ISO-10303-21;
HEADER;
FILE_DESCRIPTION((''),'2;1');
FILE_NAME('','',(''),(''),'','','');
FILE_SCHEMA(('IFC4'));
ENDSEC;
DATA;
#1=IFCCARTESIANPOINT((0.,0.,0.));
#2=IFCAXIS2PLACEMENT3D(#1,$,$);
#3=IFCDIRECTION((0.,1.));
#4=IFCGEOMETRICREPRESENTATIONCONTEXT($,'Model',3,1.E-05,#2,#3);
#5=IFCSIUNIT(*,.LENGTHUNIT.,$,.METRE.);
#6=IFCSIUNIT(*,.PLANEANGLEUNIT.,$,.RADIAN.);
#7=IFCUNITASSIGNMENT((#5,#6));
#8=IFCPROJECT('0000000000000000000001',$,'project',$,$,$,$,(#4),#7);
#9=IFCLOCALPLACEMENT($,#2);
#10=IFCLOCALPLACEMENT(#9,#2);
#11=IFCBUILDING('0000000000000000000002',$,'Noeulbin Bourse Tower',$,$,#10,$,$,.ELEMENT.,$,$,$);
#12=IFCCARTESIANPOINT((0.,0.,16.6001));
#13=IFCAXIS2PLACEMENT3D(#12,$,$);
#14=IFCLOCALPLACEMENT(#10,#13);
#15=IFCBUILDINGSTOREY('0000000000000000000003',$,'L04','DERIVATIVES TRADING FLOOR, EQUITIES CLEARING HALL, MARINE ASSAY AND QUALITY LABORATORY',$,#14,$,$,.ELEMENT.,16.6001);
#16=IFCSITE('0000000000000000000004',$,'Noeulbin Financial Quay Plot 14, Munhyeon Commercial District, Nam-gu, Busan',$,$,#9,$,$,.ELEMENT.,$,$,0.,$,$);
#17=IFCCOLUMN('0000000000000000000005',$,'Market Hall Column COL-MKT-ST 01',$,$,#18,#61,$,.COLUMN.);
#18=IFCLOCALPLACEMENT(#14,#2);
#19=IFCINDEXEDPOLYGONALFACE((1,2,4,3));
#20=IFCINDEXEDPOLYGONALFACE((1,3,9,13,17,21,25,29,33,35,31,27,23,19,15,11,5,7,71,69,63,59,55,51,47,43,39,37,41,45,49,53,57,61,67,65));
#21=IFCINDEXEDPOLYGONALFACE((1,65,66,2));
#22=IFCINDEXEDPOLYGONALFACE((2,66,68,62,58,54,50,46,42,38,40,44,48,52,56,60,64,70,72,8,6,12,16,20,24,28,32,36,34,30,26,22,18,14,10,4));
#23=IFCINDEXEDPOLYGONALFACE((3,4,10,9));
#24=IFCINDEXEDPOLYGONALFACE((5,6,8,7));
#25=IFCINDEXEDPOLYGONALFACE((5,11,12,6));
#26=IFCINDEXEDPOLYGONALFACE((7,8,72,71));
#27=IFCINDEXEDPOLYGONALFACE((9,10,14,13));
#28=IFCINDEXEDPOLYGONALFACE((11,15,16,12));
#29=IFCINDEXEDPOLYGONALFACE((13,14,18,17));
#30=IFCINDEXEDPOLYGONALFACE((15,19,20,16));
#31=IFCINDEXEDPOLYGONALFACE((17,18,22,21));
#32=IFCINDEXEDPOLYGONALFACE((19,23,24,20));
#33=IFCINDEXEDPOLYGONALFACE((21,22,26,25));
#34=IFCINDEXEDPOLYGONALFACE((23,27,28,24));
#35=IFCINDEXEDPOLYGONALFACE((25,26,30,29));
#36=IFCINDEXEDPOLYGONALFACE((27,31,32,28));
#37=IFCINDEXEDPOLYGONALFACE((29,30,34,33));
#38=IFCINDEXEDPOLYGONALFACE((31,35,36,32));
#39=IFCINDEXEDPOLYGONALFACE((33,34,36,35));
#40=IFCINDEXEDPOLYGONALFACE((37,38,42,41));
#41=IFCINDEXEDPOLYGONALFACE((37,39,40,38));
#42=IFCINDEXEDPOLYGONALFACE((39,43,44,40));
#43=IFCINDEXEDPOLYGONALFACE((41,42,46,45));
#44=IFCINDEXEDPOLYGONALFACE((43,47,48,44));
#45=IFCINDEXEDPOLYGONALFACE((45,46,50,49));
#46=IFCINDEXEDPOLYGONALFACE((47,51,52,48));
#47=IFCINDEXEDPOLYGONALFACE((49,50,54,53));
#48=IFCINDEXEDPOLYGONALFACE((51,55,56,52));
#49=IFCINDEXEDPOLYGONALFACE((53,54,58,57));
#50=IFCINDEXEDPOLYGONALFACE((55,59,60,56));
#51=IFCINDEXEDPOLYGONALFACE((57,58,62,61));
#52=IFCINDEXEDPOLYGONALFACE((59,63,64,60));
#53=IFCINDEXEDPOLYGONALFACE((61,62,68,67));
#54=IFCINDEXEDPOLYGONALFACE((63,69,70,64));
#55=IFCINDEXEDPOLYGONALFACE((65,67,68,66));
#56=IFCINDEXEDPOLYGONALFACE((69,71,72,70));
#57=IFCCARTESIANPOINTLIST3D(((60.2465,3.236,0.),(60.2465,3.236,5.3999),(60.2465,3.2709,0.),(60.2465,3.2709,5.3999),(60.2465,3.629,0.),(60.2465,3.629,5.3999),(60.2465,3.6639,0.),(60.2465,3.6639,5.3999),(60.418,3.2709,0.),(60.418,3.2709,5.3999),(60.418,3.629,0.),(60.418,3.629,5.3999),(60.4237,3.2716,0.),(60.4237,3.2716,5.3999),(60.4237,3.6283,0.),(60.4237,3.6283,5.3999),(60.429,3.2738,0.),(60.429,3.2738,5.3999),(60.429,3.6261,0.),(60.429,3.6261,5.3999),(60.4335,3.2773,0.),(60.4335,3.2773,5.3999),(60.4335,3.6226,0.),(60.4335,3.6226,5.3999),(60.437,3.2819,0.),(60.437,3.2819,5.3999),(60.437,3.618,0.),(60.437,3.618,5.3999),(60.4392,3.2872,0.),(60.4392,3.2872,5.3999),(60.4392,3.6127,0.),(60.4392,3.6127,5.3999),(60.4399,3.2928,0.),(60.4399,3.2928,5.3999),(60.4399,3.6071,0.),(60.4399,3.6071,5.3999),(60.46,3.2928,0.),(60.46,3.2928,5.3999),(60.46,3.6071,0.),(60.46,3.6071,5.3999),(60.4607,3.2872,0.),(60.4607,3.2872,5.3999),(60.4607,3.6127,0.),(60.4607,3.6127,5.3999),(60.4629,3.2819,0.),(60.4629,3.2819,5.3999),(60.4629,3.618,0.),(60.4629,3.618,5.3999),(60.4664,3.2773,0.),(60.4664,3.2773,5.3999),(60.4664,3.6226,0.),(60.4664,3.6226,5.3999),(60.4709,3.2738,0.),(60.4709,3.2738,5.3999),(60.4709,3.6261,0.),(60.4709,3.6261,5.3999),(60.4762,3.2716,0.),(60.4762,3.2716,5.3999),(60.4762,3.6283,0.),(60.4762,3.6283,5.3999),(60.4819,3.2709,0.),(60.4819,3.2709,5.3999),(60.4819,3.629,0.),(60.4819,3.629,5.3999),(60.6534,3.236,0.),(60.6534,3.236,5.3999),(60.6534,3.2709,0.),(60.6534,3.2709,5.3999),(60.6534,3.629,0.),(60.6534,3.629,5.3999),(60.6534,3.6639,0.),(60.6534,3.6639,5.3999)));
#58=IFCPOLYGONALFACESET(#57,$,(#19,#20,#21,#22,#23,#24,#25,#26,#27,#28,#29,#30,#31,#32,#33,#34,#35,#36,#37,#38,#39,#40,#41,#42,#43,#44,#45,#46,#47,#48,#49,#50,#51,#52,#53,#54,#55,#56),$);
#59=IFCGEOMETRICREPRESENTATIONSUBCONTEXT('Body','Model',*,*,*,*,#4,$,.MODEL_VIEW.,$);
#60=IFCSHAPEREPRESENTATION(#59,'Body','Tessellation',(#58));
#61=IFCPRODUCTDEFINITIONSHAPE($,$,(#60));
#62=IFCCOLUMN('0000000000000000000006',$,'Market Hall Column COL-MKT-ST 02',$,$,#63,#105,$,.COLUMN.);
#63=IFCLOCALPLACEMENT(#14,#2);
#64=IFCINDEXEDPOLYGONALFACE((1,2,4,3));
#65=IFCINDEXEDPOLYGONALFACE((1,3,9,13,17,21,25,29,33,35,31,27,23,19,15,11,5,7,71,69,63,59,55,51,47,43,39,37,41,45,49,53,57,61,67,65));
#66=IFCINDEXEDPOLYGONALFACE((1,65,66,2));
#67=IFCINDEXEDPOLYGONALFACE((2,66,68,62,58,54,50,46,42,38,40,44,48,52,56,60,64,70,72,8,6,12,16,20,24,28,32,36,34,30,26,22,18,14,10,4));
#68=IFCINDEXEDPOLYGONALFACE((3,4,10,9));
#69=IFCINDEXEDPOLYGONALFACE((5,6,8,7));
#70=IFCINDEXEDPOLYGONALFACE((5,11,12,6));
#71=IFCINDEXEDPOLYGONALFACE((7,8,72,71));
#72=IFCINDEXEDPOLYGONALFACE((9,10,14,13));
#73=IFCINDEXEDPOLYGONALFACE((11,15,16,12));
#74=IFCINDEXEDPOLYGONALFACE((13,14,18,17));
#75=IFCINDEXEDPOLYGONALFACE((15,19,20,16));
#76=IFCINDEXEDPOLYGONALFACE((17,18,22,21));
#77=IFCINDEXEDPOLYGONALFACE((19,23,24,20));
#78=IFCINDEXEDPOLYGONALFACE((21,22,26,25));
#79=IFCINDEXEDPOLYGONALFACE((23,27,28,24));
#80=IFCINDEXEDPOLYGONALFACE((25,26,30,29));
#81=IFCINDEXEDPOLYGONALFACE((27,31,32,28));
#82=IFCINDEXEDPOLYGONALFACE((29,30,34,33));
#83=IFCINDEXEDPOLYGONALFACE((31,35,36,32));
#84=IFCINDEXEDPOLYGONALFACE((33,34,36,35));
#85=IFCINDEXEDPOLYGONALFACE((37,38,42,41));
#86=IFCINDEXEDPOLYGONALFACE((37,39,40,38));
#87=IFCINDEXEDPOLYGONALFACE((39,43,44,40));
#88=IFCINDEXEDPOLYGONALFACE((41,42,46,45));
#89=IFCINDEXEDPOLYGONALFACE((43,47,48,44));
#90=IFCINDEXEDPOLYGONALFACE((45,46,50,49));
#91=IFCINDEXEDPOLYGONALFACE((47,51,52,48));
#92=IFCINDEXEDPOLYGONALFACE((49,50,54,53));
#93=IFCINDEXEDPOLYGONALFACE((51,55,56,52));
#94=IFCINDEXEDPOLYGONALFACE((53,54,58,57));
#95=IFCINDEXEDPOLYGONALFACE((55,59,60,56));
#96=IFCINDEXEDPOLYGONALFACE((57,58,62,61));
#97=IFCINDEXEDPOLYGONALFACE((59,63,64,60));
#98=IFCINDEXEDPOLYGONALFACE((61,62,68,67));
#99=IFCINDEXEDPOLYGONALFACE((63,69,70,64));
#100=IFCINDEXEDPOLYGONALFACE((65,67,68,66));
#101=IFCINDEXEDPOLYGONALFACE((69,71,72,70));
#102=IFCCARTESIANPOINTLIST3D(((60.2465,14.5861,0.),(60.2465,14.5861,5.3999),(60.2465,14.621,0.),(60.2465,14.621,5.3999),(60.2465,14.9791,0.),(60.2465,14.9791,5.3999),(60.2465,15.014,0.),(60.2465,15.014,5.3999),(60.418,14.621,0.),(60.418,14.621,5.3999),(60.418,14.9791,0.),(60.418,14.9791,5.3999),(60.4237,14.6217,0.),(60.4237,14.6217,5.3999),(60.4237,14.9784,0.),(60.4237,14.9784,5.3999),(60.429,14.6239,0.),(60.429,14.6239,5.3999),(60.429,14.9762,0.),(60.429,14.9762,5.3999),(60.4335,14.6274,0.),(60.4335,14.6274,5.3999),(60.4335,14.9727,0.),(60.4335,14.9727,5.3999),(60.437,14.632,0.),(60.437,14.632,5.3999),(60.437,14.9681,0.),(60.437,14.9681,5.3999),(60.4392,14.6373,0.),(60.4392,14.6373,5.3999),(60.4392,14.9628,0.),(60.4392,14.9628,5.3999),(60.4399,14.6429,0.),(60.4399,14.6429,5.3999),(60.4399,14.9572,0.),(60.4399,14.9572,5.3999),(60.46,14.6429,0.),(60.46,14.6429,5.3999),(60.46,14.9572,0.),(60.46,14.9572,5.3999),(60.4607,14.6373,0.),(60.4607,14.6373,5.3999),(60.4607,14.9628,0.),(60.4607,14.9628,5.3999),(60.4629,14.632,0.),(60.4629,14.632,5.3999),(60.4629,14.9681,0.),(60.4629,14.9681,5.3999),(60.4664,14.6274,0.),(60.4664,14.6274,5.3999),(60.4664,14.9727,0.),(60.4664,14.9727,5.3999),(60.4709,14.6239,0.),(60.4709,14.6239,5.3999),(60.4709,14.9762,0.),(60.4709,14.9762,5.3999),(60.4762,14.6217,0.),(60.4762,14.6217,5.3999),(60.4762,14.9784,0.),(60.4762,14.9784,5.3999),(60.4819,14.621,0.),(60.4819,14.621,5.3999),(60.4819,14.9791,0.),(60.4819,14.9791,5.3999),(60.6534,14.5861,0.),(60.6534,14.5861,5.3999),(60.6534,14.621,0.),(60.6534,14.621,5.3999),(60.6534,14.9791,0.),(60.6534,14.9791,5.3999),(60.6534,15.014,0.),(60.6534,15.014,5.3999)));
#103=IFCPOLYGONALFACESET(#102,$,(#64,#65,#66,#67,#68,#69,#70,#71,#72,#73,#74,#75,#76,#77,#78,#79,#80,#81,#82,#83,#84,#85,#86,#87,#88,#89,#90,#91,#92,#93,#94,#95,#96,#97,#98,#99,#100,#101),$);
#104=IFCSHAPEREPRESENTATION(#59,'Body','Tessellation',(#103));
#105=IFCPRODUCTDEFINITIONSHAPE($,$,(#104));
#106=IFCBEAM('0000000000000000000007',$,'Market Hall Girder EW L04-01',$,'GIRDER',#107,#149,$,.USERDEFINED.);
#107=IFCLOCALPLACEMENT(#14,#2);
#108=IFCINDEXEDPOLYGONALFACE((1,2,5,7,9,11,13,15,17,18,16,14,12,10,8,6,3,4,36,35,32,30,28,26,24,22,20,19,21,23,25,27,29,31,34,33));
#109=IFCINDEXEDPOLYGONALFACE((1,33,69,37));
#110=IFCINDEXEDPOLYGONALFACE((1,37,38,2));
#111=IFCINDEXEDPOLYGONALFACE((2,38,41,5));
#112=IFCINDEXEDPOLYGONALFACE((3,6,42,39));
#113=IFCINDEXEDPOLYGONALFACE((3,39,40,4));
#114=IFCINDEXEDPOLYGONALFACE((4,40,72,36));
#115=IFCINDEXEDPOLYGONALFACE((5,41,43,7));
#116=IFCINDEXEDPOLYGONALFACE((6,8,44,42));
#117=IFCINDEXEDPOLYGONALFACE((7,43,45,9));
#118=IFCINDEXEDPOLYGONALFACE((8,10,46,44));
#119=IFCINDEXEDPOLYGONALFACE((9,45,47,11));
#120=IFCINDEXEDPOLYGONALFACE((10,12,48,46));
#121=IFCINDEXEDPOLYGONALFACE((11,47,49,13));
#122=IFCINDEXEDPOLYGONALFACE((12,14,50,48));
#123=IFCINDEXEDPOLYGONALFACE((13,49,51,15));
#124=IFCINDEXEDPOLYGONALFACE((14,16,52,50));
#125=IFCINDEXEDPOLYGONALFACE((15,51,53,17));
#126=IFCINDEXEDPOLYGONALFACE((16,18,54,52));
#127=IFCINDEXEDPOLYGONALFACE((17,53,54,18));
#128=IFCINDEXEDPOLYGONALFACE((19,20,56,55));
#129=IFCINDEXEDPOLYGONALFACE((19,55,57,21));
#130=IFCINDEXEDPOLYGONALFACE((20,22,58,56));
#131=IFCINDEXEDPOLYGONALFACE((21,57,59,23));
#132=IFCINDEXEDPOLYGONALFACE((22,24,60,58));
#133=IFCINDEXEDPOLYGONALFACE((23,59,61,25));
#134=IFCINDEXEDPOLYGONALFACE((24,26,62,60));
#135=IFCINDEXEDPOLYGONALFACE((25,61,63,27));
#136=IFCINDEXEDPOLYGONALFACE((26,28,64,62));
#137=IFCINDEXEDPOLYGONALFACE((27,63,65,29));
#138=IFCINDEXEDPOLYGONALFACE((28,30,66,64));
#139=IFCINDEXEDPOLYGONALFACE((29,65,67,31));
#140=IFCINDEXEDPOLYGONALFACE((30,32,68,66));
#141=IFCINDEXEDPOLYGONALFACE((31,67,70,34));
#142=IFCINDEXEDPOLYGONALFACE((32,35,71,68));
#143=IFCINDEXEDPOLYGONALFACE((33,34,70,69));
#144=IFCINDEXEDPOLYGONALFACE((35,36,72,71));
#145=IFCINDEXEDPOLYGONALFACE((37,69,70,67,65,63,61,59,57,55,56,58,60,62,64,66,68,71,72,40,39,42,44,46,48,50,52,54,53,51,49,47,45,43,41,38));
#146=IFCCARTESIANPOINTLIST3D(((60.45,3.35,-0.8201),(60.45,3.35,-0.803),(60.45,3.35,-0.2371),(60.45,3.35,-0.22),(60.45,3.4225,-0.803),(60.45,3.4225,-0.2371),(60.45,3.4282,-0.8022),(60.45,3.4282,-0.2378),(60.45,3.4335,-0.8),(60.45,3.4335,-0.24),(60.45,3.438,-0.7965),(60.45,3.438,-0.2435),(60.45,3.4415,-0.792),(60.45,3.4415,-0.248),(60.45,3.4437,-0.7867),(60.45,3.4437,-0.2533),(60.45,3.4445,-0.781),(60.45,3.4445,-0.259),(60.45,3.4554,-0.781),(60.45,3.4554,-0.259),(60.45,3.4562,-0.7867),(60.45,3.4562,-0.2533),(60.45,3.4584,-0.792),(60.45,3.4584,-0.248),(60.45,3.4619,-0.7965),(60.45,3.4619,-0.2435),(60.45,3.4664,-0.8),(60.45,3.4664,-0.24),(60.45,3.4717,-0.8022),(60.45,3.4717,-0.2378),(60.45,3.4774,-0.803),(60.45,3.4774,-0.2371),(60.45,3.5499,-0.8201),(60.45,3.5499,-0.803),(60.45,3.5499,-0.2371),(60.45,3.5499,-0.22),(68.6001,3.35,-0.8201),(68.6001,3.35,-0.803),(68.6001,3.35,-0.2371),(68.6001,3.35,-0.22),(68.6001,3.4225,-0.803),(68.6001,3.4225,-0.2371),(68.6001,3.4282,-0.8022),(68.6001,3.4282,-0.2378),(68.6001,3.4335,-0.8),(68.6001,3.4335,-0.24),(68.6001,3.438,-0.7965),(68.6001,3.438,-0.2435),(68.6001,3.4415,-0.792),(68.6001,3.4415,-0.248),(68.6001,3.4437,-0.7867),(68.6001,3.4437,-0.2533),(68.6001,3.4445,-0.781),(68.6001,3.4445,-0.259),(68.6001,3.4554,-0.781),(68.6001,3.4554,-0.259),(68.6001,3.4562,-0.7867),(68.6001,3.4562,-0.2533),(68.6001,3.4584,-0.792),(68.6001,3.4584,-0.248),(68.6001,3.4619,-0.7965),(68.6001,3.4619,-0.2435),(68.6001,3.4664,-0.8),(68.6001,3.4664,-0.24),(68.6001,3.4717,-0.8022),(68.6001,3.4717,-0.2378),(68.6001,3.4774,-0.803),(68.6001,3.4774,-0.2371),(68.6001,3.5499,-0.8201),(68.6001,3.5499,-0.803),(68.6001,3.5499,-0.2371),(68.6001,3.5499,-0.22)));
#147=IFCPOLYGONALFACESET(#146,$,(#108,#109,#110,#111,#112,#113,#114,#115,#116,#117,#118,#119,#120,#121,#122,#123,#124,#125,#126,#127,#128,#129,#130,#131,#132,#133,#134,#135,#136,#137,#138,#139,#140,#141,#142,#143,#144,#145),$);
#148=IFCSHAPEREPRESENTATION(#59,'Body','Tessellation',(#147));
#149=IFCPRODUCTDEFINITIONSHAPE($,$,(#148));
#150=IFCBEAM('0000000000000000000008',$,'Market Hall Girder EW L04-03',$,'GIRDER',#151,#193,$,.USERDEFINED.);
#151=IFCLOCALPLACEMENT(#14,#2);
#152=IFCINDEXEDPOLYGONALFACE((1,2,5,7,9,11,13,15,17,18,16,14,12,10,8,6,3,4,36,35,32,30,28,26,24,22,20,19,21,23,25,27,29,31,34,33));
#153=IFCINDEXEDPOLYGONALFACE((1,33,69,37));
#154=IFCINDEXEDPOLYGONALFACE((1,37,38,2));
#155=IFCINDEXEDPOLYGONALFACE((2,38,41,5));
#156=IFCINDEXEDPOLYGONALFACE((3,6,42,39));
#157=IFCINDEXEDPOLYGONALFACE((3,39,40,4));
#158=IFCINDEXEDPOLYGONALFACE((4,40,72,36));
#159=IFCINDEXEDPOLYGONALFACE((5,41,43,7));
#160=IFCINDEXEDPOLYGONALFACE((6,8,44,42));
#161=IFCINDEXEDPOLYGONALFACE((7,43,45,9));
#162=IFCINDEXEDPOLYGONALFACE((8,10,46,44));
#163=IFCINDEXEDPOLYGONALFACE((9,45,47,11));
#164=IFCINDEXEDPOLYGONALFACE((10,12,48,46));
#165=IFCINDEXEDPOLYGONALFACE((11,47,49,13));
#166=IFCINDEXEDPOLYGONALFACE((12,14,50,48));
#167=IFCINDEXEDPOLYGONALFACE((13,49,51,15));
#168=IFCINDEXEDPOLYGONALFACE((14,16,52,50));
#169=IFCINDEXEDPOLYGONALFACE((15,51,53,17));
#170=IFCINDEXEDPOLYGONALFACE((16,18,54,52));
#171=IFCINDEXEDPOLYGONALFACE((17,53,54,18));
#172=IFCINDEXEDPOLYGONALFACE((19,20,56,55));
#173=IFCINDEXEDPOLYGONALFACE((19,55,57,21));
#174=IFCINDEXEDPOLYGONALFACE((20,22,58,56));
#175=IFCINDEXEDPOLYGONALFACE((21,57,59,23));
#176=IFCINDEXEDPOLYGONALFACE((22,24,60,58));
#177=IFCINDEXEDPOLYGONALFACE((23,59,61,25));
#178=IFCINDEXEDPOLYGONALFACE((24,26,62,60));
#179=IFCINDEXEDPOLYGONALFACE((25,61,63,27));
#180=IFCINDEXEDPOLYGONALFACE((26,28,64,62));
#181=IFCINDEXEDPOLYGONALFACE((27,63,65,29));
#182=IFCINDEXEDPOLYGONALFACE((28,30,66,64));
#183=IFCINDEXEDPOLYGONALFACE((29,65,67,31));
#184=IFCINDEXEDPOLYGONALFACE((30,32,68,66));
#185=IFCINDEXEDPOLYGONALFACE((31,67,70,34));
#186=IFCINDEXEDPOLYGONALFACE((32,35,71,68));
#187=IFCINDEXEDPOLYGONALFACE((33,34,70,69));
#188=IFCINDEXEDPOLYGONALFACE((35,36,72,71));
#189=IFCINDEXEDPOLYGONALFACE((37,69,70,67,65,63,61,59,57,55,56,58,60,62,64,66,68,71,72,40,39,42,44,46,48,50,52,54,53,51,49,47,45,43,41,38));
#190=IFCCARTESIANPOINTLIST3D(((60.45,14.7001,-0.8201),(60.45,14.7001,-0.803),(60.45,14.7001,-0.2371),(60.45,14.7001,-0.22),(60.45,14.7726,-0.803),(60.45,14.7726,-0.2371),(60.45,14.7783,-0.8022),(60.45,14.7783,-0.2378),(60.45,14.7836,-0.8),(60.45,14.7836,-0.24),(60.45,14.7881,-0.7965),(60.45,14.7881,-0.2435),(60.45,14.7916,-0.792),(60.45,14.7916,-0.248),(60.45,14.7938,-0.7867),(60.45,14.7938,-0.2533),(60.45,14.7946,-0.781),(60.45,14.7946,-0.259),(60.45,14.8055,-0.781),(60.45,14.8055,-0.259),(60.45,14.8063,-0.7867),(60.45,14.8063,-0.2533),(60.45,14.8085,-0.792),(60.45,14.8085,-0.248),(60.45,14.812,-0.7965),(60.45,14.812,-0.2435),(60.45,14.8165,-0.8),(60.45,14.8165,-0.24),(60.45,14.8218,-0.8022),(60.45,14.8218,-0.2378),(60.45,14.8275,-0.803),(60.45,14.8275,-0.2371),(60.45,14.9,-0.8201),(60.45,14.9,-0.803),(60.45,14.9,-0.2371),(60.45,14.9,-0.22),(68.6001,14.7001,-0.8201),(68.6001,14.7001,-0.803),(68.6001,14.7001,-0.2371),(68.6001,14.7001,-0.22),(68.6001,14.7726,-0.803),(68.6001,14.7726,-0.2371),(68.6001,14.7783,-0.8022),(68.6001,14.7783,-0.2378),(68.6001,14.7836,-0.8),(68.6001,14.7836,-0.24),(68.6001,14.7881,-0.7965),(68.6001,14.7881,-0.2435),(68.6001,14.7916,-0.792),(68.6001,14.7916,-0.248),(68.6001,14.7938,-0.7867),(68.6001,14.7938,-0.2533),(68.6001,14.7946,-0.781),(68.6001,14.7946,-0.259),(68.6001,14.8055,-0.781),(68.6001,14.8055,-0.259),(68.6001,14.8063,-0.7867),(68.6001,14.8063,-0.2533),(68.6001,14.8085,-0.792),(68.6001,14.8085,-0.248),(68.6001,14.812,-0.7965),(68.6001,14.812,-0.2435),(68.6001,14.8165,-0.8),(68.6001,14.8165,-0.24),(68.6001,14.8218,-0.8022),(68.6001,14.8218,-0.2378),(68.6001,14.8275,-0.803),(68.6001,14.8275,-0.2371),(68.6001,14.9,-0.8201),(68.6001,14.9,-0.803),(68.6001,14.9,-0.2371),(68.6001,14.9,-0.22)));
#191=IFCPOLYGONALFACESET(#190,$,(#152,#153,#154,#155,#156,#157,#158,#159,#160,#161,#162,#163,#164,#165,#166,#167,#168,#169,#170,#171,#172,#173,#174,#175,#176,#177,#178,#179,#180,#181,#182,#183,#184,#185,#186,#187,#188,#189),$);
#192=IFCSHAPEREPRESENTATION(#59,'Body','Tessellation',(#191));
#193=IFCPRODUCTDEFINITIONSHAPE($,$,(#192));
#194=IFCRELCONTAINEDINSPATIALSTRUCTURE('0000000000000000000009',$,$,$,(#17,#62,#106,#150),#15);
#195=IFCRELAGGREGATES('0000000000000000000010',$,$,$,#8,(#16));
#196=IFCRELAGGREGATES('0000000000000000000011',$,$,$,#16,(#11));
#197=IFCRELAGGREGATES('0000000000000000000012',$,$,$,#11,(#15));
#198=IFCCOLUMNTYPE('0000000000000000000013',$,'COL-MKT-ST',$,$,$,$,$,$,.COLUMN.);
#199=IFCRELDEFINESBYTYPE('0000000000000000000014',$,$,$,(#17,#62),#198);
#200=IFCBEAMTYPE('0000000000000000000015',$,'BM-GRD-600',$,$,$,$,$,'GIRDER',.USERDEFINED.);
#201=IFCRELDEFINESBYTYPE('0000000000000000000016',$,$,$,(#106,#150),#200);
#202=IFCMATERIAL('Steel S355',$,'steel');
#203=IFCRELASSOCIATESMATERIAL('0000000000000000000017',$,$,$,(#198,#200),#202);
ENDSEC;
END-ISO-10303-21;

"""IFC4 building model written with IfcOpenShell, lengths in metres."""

from ifc_helpers import new_model, si_unit, direction, frame, origin, origin_2d, place, context, subcontext, project, spatial, i_section, extrude, material, material_profile, profile_set, type_object, element, save


model = new_model("IFC4")

# Units and contexts
model_context = context("Model", 3, precision=1e-05, world=origin(), true_north=direction((0.0, 1.0)))
body_context = subcontext(model_context, "Body", "Model", "MODEL_VIEW")
ifc_project = project(units=[si_unit("LENGTHUNIT", "METRE"), si_unit("PLANEANGLEUNIT", "RADIAN")], contexts=[model_context])

# Site, building, storey
site_placement = place(None, origin())
site = spatial("IfcSite", under=ifc_project, at=site_placement, Name="Noeulbin Financial Quay Plot 14, Munhyeon Commercial District, Nam-gu, Busan", CompositionType="ELEMENT", RefElevation=0.0)
building_placement = place(site_placement, origin())
building = spatial("IfcBuilding", under=site, at=building_placement, Name="Noeulbin Bourse Tower", CompositionType="ELEMENT")
storey_placement = place(building_placement, frame((0.0, 0.0, 16.6001)))
storey = spatial("IfcBuildingStorey", under=building, at=storey_placement, Name="L04", Description="DERIVATIVES TRADING FLOOR, EQUITIES CLEARING HALL, MARINE ASSAY AND QUALITY LABORATORY", CompositionType="ELEMENT", Elevation=16.6001)

# Columns
ifc_material_1 = material(Name="Steel S355", Category="steel")
ifc_material_profile_1 = material_profile(ifc_material_1, i_section(OverallWidth=0.407, OverallDepth=0.428, WebThickness=0.02, FlangeThickness=0.0349, FilletRadius=0.022, at=origin_2d()), Name="H-428x407x20x35", Category="LoadBearing")
ifc_profile_set_1 = profile_set([ifc_material_profile_1], Name="Steel S355")
column_type = type_object("IfcColumnType", Name="COL-MKT-ST", PredefinedType="COLUMN", material=ifc_profile_set_1)
for number, where, z_axis, x_axis, name in (
    (1, (60.45, 3.45, 0.0), (0.0, 0.0, 1.0), (1.0, 0.0, 0.0), "Market Hall Column COL-MKT-ST 01"),
    (2, (60.45, 14.8, 0.0), (0.0, 0.0, 1.0), (1.0, 0.0, 0.0), "Market Hall Column COL-MKT-ST 02"),
):
    element("IfcColumn", number, at=place(storey_placement, frame(where, z_axis=z_axis, x_axis=x_axis)), inside=storey, type_object=column_type, Name=name, PredefinedType="COLUMN", context=body_context, shape_type="SweptSolid", body=[
        extrude(i_section(OverallWidth=0.407, OverallDepth=0.428, WebThickness=0.02, FlangeThickness=0.0349, FilletRadius=0.022, at=origin_2d()), origin(), (0.0, 0.0, 1.0), 5.3999),
    ])

# Beams
ifc_material_profile_2 = material_profile(ifc_material_1, i_section(OverallWidth=0.2, OverallDepth=0.6001, WebThickness=0.011, FlangeThickness=0.0171, FilletRadius=0.022, at=origin_2d()), Name="H-600x200x11x17", Category="LoadBearing")
ifc_profile_set_2 = profile_set([ifc_material_profile_2], Name="Steel S355")
beam_type = type_object("IfcBeamType", Name="BM-GRD-600", ElementType="GIRDER", PredefinedType="USERDEFINED", material=ifc_profile_set_2)
for number, where, z_axis, x_axis, name in (
    (3, (60.45, 3.45, -0.52), (1.0, 0.0, 0.0), (0.0, 1.0, 0.0), "Market Hall Girder EW L04-01"),
    (4, (60.45, 14.8, -0.52), (1.0, 0.0, 0.0), (0.0, 1.0, 0.0), "Market Hall Girder EW L04-03"),
):
    element("IfcBeam", number, at=place(storey_placement, frame(where, z_axis=z_axis, x_axis=x_axis)), inside=storey, type_object=beam_type, Name=name, ObjectType="GIRDER", PredefinedType="USERDEFINED", context=body_context, shape_type="SweptSolid", body=[
        extrude(i_section(OverallWidth=0.2, OverallDepth=0.6001, WebThickness=0.011, FlangeThickness=0.0171, FilletRadius=0.022, at=origin_2d()), origin(), (0.0, 0.0, 1.0), 8.1501),
    ])

save(model, "model.ifc")
